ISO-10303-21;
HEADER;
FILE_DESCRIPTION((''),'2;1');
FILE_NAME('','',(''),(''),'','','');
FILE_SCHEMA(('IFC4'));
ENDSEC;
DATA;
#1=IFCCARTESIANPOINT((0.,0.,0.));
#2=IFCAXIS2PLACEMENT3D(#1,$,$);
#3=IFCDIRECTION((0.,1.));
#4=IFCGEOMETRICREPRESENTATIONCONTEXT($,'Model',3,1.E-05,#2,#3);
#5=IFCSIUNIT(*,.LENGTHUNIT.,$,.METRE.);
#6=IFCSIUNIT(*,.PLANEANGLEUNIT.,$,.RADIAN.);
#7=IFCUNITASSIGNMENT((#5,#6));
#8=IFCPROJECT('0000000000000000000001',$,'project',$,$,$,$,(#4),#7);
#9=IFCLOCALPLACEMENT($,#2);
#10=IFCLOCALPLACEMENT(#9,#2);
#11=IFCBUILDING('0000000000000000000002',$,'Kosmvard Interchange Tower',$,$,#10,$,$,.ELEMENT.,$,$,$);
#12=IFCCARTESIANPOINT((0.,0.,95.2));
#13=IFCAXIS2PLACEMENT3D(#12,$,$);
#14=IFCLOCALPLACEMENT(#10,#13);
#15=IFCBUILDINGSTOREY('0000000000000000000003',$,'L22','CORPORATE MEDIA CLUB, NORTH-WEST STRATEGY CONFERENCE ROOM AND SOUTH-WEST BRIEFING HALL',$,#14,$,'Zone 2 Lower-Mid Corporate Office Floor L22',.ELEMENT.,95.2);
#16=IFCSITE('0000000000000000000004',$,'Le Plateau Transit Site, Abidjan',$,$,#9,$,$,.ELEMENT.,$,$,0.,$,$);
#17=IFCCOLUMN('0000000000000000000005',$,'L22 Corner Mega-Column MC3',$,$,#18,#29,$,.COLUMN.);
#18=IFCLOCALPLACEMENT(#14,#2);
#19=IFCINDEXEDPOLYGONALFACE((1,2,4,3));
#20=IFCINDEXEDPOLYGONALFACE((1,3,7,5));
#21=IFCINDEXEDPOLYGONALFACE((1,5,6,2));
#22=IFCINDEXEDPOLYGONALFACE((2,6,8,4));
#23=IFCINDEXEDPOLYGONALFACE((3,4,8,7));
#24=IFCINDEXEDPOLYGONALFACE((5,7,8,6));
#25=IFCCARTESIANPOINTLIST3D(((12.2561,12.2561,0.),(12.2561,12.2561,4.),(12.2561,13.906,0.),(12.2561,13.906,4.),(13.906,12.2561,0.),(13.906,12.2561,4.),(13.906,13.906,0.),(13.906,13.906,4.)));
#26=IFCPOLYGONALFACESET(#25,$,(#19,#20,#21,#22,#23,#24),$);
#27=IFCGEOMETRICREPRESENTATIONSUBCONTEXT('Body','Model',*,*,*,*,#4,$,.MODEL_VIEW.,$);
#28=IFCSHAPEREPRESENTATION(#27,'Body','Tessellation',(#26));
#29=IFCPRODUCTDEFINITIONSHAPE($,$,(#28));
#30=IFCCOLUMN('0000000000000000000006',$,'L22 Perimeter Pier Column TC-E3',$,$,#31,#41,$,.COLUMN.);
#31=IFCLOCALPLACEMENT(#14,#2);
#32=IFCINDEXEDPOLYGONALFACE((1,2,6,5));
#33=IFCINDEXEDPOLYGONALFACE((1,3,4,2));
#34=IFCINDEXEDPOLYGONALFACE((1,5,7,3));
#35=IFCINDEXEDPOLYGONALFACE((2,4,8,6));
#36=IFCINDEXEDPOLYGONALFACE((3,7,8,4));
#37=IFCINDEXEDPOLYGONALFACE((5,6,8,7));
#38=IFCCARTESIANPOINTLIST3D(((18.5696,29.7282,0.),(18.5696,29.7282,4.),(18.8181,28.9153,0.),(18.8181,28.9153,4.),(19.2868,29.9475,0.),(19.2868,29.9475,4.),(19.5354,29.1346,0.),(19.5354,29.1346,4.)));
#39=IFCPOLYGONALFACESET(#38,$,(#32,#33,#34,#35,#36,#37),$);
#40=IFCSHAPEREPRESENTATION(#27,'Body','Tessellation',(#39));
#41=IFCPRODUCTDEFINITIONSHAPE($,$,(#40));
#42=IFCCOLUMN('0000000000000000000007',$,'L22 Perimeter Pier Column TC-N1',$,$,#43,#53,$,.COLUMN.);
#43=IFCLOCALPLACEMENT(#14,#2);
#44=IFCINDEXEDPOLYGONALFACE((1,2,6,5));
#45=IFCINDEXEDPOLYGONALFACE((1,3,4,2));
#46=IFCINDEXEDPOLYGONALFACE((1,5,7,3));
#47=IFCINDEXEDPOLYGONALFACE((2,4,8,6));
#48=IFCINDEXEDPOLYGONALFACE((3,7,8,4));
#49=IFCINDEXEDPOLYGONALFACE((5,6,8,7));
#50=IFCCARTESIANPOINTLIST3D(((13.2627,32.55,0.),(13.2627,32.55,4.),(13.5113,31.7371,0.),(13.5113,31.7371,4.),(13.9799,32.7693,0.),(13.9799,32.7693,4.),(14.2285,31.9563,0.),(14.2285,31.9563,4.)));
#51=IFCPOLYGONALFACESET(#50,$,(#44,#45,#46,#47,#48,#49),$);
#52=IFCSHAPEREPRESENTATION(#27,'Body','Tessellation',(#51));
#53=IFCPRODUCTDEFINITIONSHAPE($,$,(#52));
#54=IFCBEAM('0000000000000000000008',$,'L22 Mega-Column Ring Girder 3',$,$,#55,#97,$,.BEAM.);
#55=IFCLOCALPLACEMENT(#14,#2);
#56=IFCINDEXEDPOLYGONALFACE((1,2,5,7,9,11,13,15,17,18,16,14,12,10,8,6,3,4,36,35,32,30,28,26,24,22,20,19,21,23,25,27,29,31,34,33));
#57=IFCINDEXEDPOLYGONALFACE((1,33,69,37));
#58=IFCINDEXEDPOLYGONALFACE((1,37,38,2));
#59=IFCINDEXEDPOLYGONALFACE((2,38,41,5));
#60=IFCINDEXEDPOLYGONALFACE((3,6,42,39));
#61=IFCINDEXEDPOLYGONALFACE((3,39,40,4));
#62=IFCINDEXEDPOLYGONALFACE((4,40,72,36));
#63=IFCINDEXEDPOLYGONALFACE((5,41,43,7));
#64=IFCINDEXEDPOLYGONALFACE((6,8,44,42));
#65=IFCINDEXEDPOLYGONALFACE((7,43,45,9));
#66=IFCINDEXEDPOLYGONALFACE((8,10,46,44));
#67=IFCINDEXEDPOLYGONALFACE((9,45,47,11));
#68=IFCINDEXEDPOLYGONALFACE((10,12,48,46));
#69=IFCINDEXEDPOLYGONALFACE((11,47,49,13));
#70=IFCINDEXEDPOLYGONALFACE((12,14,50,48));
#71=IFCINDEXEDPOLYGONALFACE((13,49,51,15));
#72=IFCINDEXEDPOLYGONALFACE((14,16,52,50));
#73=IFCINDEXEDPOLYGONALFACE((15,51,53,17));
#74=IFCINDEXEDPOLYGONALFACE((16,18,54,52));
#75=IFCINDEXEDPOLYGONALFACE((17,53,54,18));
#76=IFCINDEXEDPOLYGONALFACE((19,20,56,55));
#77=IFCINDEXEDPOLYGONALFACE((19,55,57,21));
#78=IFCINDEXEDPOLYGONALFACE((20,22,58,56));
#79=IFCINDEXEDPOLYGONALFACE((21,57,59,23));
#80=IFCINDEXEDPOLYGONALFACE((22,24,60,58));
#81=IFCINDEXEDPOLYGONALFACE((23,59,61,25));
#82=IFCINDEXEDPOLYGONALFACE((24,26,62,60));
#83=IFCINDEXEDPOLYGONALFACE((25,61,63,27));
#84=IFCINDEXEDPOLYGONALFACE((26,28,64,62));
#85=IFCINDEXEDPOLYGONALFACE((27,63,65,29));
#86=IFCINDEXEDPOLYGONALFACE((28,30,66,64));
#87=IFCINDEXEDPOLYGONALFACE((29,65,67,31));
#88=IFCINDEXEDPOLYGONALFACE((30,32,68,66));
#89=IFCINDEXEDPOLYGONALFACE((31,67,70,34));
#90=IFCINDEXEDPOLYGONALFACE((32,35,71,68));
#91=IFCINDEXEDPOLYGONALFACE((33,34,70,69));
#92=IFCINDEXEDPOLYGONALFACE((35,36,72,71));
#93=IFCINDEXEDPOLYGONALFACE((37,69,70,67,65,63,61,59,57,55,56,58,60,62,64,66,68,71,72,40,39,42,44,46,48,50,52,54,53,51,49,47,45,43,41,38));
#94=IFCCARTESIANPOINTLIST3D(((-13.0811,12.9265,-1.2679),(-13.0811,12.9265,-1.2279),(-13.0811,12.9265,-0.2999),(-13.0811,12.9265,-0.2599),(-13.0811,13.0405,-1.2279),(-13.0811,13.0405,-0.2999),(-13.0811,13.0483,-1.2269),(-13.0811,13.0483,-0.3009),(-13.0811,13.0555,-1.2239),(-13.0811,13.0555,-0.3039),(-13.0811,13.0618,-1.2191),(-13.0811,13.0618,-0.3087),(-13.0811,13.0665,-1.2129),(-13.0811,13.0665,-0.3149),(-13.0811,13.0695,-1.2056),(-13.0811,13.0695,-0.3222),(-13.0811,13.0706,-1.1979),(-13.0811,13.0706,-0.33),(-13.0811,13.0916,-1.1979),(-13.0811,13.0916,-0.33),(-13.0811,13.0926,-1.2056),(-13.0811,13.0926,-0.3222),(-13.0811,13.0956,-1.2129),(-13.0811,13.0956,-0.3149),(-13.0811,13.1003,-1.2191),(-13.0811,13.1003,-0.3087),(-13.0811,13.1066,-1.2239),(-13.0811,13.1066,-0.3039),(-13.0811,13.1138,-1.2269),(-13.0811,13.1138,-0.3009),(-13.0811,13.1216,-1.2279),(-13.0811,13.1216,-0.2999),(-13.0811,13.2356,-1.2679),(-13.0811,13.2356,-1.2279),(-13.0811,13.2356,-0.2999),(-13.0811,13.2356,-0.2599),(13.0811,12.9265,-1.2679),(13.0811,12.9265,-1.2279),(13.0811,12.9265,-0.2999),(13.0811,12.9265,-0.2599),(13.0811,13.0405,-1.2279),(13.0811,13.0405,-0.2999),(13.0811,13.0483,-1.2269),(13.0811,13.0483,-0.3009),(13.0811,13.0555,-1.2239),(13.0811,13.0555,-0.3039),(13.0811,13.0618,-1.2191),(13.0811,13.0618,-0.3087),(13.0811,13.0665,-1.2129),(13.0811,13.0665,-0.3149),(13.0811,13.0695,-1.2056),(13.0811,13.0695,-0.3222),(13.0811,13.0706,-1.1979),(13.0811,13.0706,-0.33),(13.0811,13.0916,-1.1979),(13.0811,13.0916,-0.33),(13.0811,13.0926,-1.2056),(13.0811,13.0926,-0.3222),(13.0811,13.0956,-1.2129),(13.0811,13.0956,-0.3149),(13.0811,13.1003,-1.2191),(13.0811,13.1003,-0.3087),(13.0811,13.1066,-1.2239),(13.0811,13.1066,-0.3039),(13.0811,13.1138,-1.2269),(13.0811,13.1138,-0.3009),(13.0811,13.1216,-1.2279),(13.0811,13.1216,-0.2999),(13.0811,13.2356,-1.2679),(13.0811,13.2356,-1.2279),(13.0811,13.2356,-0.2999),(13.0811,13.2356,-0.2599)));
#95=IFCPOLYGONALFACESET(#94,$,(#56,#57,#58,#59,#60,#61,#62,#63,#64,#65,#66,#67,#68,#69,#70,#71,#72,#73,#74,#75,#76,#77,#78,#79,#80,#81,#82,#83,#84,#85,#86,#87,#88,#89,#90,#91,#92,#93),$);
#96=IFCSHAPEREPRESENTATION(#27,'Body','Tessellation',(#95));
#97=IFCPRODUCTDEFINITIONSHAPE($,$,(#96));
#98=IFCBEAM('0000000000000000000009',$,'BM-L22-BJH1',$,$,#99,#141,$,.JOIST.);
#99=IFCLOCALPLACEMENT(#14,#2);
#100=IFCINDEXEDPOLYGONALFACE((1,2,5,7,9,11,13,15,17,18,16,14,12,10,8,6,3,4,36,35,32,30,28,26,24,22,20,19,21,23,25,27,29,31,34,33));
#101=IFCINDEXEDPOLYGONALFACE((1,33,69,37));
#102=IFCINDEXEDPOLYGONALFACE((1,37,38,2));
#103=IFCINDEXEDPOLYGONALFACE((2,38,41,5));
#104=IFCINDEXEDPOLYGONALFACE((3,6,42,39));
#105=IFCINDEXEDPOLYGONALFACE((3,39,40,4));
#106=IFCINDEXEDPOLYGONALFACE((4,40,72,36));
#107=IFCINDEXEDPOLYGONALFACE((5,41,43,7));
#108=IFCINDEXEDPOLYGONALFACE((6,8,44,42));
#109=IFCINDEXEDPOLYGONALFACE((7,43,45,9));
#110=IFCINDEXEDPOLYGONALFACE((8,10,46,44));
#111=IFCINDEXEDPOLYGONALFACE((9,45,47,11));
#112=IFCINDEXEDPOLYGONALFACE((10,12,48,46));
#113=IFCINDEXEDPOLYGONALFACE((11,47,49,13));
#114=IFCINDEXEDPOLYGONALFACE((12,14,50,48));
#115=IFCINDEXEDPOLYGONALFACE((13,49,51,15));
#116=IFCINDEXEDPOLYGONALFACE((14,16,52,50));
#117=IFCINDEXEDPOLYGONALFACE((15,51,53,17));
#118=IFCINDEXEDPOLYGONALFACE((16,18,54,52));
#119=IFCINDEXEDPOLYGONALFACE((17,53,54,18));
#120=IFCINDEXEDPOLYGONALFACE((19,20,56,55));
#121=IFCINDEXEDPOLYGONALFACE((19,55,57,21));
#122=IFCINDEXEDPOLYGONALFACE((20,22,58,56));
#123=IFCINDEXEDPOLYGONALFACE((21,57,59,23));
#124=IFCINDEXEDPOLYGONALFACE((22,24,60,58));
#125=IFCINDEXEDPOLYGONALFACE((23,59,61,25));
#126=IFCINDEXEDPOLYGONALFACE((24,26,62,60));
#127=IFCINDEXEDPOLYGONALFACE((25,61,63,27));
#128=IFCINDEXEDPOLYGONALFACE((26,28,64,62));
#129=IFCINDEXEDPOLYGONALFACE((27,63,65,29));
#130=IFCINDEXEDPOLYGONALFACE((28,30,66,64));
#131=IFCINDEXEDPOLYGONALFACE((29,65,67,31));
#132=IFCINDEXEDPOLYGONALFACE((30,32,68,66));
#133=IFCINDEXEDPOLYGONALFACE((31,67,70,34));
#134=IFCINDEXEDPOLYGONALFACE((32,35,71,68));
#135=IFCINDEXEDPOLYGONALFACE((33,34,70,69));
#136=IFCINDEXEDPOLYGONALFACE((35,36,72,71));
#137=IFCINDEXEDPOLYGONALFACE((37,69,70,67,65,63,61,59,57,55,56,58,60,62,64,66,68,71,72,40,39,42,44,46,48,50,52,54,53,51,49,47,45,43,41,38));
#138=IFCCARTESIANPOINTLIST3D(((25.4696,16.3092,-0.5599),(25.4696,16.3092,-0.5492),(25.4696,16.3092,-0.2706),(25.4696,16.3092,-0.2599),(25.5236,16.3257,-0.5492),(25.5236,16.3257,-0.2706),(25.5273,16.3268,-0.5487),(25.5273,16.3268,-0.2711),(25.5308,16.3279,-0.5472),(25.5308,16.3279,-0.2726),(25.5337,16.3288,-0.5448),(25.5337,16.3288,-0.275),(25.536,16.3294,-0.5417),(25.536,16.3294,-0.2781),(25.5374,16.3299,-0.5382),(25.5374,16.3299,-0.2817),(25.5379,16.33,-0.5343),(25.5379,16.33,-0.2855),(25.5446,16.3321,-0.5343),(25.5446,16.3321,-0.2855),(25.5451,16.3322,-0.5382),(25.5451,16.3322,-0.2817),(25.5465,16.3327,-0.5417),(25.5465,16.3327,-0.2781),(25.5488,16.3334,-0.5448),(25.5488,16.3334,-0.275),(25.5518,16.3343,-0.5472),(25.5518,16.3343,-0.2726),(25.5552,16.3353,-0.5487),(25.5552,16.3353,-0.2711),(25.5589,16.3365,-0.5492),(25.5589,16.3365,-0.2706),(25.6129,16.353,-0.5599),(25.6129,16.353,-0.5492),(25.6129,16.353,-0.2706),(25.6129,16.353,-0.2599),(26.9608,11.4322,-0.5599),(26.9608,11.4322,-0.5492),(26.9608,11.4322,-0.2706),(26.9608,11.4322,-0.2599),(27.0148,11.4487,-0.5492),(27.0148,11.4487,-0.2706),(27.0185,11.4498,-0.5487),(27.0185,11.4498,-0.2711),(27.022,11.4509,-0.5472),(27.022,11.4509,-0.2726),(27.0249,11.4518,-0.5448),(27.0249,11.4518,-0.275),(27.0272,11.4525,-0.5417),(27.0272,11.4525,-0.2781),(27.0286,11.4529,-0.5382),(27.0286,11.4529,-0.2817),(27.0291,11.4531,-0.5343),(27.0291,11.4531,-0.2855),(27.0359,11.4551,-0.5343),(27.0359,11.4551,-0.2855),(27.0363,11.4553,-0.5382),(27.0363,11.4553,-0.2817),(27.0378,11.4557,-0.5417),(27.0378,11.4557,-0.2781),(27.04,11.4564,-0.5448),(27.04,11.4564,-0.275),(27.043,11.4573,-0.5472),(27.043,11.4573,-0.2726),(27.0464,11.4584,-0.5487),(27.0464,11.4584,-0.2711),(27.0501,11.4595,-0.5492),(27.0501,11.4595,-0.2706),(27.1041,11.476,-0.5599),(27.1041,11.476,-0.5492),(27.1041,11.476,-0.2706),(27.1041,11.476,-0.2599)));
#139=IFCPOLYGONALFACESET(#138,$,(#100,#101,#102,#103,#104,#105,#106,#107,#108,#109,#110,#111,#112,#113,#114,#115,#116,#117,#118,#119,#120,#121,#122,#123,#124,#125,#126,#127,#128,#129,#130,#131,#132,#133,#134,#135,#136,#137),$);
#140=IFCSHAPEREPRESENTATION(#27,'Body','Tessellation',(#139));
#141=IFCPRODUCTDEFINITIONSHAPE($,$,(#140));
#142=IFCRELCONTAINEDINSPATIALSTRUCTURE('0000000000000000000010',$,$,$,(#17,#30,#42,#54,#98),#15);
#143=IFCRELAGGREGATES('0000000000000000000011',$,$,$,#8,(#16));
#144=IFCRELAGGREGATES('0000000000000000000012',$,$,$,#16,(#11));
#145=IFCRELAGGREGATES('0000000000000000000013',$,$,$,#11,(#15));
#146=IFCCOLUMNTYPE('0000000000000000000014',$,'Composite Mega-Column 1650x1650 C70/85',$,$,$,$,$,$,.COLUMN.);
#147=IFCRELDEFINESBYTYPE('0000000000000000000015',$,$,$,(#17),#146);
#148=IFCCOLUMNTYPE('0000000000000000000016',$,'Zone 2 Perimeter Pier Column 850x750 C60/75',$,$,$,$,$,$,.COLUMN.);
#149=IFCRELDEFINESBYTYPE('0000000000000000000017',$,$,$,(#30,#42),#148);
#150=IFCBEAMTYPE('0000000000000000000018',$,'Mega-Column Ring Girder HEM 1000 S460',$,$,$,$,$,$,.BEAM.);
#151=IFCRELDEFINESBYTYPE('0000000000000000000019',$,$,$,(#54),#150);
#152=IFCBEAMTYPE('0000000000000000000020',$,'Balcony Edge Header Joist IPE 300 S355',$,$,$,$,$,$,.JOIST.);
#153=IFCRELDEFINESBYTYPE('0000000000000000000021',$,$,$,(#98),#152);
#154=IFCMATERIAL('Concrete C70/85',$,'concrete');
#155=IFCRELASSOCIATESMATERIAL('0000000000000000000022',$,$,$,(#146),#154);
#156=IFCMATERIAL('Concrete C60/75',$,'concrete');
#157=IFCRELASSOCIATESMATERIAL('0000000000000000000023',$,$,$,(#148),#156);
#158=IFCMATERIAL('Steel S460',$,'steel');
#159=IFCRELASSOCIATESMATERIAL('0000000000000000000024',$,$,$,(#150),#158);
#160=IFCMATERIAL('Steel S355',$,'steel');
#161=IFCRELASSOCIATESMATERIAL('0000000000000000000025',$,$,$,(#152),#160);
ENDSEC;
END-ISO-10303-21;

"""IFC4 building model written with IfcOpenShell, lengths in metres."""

from ifc_helpers import new_model, si_unit, direction, frame, origin, origin_2d, place, context, subcontext, project, spatial, rectangle, i_section, extrude, source, transform, mapped, material, material_profile, profile_set, type_object, element, save


model = new_model("IFC4")

# Units and contexts
model_context = context("Model", 3, precision=1e-05, world=origin(), true_north=direction((0.0, 1.0)))
body_context = subcontext(model_context, "Body", "Model", "MODEL_VIEW")
ifc_project = project(units=[si_unit("LENGTHUNIT", "METRE"), si_unit("PLANEANGLEUNIT", "RADIAN")], contexts=[model_context])

# Site, building, storey
site_placement = place(None, origin())
site = spatial("IfcSite", under=ifc_project, at=site_placement, Name="Le Plateau Transit Site, Abidjan", CompositionType="ELEMENT", RefElevation=0.0)
building_placement = place(site_placement, origin())
building = spatial("IfcBuilding", under=site, at=building_placement, Name="Kosmvard Interchange Tower", CompositionType="ELEMENT")
storey_placement = place(building_placement, frame((0.0, 0.0, 95.2)))
storey = spatial("IfcBuildingStorey", under=building, at=storey_placement, Name="L22", Description="CORPORATE MEDIA CLUB, NORTH-WEST STRATEGY CONFERENCE ROOM AND SOUTH-WEST BRIEFING HALL", LongName="Zone 2 Lower-Mid Corporate Office Floor L22", CompositionType="ELEMENT", Elevation=95.2)

# Columns
ifc_material_1 = material(Name="Concrete C70/85", Category="concrete")
ifc_material_profile_1 = material_profile(ifc_material_1, rectangle(XDim=1.6499, YDim=1.6499, at=origin_2d()), Name="MC 1650x1650")
ifc_profile_set_1 = profile_set([ifc_material_profile_1], Name="Concrete C70/85")
column_type_1 = type_object("IfcColumnType", Name="Composite Mega-Column 1650x1650 C70/85", PredefinedType="COLUMN", material=ifc_profile_set_1)
shared_shape_1 = source(origin(), body_context, "Body", "SweptSolid", [
    extrude(rectangle(XDim=1.6499, YDim=1.6499, at=origin_2d()), origin(), (0.0, 0.0, 1.0), 4.0),
])
column_placement = place(storey_placement, frame((13.0811, 13.0811, 0.0), z_axis=(0.0, 0.0, 1.0), x_axis=(1.0, 0.0, 0.0)))
element("IfcColumn", 1, at=column_placement, inside=storey, type_object=column_type_1, Name="L22 Corner Mega-Column MC3", PredefinedType="COLUMN", context=body_context, shape_type="MappedRepresentation", body=[
    mapped(shared_shape_1, transform((0.0, 0.0, 0.0), scale=1.0)),
])
ifc_material_2 = material(Name="Concrete C60/75", Category="concrete")
ifc_material_profile_2 = material_profile(ifc_material_2, rectangle(XDim=0.75, YDim=0.8501, at=origin_2d()), Name="TC 850x750")
ifc_profile_set_2 = profile_set([ifc_material_profile_2], Name="Concrete C60/75")
column_type_2 = type_object("IfcColumnType", Name="Zone 2 Perimeter Pier Column 850x750 C60/75", PredefinedType="COLUMN", material=ifc_profile_set_2)
shared_shape_2 = source(origin(), body_context, "Body", "SweptSolid", [
    extrude(rectangle(XDim=0.75, YDim=0.8501, at=origin_2d()), origin(), (0.0, 0.0, 1.0), 4.0),
])
for number, where, z_axis, x_axis, name in (
    (2, (19.0525, 29.4314, 0.0), (0.0, 0.0, 1.0), (0.956305, 0.292372, 0.0), "L22 Perimeter Pier Column TC-E3"),
    (3, (13.7456, 32.2532, 0.0), (0.0, 0.0, 1.0), (0.956305, 0.292372, 0.0), "L22 Perimeter Pier Column TC-N1"),
):
    element("IfcColumn", number, at=place(storey_placement, frame(where, z_axis=z_axis, x_axis=x_axis)), inside=storey, type_object=column_type_2, Name=name, PredefinedType="COLUMN", context=body_context, shape_type="MappedRepresentation", body=[
        mapped(shared_shape_2, transform((0.0, 0.0, 0.0), scale=1.0)),
    ])

# Beams
ifc_material_3 = material(Name="Steel S460", Category="steel")
ifc_material_profile_3 = material_profile(ifc_material_3, i_section(OverallWidth=0.3091, OverallDepth=1.0081, WebThickness=0.021, FlangeThickness=0.04, FilletRadius=0.03, at=origin_2d()), Name="HEM 1000")
ifc_profile_set_3 = profile_set([ifc_material_profile_3], Name="Steel S460")
beam_type_1 = type_object("IfcBeamType", Name="Mega-Column Ring Girder HEM 1000 S460", PredefinedType="BEAM", material=ifc_profile_set_3)
shared_shape_3 = source(origin(), body_context, "Body", "SweptSolid", [
    extrude(i_section(OverallWidth=0.3091, OverallDepth=1.0081, WebThickness=0.021, FlangeThickness=0.04, FilletRadius=0.03, at=origin_2d()), origin(), (0.0, 0.0, 1.0), 26.1621),
])
beam_1_placement = place(storey_placement, frame((13.0811, 13.0811, -0.7639), z_axis=(-1.0, 0.0, 0.0), x_axis=(0.0, -1.0, 0.0)))
element("IfcBeam", 4, at=beam_1_placement, inside=storey, type_object=beam_type_1, Name="L22 Mega-Column Ring Girder 3", PredefinedType="BEAM", context=body_context, shape_type="MappedRepresentation", body=[
    mapped(shared_shape_3, transform((0.0, 0.0, 0.0), scale=1.0)),
])
ifc_material_4 = material(Name="Steel S355", Category="steel")
ifc_material_profile_4 = material_profile(ifc_material_4, i_section(OverallWidth=0.1499, OverallDepth=0.3, WebThickness=0.0071, FlangeThickness=0.0107, FilletRadius=0.0149, at=origin_2d()), Name="IPE 300")
ifc_profile_set_4 = profile_set([ifc_material_profile_4], Name="Steel S355")
beam_type_2 = type_object("IfcBeamType", Name="Balcony Edge Header Joist IPE 300 S355", PredefinedType="JOIST", material=ifc_profile_set_4)
shared_shape_4 = source(origin(), body_context, "Body", "SweptSolid", [
    extrude(i_section(OverallWidth=0.1499, OverallDepth=0.3, WebThickness=0.0071, FlangeThickness=0.0107, FilletRadius=0.0149, at=origin_2d()), origin(), (0.0, 0.0, 1.0), 5.0999),
])
beam_2_placement = place(storey_placement, frame((27.0325, 11.4541, -0.4099), z_axis=(-0.292403, 0.956295, 0.0), x_axis=(-0.956295, -0.292403, 0.0)))
element("IfcBeam", 5, at=beam_2_placement, inside=storey, type_object=beam_type_2, Name="BM-L22-BJH1", PredefinedType="JOIST", context=body_context, shape_type="MappedRepresentation", body=[
    mapped(shared_shape_4, transform((0.0, 0.0, 0.0), scale=1.0)),
])

save(model, "model.ifc")
